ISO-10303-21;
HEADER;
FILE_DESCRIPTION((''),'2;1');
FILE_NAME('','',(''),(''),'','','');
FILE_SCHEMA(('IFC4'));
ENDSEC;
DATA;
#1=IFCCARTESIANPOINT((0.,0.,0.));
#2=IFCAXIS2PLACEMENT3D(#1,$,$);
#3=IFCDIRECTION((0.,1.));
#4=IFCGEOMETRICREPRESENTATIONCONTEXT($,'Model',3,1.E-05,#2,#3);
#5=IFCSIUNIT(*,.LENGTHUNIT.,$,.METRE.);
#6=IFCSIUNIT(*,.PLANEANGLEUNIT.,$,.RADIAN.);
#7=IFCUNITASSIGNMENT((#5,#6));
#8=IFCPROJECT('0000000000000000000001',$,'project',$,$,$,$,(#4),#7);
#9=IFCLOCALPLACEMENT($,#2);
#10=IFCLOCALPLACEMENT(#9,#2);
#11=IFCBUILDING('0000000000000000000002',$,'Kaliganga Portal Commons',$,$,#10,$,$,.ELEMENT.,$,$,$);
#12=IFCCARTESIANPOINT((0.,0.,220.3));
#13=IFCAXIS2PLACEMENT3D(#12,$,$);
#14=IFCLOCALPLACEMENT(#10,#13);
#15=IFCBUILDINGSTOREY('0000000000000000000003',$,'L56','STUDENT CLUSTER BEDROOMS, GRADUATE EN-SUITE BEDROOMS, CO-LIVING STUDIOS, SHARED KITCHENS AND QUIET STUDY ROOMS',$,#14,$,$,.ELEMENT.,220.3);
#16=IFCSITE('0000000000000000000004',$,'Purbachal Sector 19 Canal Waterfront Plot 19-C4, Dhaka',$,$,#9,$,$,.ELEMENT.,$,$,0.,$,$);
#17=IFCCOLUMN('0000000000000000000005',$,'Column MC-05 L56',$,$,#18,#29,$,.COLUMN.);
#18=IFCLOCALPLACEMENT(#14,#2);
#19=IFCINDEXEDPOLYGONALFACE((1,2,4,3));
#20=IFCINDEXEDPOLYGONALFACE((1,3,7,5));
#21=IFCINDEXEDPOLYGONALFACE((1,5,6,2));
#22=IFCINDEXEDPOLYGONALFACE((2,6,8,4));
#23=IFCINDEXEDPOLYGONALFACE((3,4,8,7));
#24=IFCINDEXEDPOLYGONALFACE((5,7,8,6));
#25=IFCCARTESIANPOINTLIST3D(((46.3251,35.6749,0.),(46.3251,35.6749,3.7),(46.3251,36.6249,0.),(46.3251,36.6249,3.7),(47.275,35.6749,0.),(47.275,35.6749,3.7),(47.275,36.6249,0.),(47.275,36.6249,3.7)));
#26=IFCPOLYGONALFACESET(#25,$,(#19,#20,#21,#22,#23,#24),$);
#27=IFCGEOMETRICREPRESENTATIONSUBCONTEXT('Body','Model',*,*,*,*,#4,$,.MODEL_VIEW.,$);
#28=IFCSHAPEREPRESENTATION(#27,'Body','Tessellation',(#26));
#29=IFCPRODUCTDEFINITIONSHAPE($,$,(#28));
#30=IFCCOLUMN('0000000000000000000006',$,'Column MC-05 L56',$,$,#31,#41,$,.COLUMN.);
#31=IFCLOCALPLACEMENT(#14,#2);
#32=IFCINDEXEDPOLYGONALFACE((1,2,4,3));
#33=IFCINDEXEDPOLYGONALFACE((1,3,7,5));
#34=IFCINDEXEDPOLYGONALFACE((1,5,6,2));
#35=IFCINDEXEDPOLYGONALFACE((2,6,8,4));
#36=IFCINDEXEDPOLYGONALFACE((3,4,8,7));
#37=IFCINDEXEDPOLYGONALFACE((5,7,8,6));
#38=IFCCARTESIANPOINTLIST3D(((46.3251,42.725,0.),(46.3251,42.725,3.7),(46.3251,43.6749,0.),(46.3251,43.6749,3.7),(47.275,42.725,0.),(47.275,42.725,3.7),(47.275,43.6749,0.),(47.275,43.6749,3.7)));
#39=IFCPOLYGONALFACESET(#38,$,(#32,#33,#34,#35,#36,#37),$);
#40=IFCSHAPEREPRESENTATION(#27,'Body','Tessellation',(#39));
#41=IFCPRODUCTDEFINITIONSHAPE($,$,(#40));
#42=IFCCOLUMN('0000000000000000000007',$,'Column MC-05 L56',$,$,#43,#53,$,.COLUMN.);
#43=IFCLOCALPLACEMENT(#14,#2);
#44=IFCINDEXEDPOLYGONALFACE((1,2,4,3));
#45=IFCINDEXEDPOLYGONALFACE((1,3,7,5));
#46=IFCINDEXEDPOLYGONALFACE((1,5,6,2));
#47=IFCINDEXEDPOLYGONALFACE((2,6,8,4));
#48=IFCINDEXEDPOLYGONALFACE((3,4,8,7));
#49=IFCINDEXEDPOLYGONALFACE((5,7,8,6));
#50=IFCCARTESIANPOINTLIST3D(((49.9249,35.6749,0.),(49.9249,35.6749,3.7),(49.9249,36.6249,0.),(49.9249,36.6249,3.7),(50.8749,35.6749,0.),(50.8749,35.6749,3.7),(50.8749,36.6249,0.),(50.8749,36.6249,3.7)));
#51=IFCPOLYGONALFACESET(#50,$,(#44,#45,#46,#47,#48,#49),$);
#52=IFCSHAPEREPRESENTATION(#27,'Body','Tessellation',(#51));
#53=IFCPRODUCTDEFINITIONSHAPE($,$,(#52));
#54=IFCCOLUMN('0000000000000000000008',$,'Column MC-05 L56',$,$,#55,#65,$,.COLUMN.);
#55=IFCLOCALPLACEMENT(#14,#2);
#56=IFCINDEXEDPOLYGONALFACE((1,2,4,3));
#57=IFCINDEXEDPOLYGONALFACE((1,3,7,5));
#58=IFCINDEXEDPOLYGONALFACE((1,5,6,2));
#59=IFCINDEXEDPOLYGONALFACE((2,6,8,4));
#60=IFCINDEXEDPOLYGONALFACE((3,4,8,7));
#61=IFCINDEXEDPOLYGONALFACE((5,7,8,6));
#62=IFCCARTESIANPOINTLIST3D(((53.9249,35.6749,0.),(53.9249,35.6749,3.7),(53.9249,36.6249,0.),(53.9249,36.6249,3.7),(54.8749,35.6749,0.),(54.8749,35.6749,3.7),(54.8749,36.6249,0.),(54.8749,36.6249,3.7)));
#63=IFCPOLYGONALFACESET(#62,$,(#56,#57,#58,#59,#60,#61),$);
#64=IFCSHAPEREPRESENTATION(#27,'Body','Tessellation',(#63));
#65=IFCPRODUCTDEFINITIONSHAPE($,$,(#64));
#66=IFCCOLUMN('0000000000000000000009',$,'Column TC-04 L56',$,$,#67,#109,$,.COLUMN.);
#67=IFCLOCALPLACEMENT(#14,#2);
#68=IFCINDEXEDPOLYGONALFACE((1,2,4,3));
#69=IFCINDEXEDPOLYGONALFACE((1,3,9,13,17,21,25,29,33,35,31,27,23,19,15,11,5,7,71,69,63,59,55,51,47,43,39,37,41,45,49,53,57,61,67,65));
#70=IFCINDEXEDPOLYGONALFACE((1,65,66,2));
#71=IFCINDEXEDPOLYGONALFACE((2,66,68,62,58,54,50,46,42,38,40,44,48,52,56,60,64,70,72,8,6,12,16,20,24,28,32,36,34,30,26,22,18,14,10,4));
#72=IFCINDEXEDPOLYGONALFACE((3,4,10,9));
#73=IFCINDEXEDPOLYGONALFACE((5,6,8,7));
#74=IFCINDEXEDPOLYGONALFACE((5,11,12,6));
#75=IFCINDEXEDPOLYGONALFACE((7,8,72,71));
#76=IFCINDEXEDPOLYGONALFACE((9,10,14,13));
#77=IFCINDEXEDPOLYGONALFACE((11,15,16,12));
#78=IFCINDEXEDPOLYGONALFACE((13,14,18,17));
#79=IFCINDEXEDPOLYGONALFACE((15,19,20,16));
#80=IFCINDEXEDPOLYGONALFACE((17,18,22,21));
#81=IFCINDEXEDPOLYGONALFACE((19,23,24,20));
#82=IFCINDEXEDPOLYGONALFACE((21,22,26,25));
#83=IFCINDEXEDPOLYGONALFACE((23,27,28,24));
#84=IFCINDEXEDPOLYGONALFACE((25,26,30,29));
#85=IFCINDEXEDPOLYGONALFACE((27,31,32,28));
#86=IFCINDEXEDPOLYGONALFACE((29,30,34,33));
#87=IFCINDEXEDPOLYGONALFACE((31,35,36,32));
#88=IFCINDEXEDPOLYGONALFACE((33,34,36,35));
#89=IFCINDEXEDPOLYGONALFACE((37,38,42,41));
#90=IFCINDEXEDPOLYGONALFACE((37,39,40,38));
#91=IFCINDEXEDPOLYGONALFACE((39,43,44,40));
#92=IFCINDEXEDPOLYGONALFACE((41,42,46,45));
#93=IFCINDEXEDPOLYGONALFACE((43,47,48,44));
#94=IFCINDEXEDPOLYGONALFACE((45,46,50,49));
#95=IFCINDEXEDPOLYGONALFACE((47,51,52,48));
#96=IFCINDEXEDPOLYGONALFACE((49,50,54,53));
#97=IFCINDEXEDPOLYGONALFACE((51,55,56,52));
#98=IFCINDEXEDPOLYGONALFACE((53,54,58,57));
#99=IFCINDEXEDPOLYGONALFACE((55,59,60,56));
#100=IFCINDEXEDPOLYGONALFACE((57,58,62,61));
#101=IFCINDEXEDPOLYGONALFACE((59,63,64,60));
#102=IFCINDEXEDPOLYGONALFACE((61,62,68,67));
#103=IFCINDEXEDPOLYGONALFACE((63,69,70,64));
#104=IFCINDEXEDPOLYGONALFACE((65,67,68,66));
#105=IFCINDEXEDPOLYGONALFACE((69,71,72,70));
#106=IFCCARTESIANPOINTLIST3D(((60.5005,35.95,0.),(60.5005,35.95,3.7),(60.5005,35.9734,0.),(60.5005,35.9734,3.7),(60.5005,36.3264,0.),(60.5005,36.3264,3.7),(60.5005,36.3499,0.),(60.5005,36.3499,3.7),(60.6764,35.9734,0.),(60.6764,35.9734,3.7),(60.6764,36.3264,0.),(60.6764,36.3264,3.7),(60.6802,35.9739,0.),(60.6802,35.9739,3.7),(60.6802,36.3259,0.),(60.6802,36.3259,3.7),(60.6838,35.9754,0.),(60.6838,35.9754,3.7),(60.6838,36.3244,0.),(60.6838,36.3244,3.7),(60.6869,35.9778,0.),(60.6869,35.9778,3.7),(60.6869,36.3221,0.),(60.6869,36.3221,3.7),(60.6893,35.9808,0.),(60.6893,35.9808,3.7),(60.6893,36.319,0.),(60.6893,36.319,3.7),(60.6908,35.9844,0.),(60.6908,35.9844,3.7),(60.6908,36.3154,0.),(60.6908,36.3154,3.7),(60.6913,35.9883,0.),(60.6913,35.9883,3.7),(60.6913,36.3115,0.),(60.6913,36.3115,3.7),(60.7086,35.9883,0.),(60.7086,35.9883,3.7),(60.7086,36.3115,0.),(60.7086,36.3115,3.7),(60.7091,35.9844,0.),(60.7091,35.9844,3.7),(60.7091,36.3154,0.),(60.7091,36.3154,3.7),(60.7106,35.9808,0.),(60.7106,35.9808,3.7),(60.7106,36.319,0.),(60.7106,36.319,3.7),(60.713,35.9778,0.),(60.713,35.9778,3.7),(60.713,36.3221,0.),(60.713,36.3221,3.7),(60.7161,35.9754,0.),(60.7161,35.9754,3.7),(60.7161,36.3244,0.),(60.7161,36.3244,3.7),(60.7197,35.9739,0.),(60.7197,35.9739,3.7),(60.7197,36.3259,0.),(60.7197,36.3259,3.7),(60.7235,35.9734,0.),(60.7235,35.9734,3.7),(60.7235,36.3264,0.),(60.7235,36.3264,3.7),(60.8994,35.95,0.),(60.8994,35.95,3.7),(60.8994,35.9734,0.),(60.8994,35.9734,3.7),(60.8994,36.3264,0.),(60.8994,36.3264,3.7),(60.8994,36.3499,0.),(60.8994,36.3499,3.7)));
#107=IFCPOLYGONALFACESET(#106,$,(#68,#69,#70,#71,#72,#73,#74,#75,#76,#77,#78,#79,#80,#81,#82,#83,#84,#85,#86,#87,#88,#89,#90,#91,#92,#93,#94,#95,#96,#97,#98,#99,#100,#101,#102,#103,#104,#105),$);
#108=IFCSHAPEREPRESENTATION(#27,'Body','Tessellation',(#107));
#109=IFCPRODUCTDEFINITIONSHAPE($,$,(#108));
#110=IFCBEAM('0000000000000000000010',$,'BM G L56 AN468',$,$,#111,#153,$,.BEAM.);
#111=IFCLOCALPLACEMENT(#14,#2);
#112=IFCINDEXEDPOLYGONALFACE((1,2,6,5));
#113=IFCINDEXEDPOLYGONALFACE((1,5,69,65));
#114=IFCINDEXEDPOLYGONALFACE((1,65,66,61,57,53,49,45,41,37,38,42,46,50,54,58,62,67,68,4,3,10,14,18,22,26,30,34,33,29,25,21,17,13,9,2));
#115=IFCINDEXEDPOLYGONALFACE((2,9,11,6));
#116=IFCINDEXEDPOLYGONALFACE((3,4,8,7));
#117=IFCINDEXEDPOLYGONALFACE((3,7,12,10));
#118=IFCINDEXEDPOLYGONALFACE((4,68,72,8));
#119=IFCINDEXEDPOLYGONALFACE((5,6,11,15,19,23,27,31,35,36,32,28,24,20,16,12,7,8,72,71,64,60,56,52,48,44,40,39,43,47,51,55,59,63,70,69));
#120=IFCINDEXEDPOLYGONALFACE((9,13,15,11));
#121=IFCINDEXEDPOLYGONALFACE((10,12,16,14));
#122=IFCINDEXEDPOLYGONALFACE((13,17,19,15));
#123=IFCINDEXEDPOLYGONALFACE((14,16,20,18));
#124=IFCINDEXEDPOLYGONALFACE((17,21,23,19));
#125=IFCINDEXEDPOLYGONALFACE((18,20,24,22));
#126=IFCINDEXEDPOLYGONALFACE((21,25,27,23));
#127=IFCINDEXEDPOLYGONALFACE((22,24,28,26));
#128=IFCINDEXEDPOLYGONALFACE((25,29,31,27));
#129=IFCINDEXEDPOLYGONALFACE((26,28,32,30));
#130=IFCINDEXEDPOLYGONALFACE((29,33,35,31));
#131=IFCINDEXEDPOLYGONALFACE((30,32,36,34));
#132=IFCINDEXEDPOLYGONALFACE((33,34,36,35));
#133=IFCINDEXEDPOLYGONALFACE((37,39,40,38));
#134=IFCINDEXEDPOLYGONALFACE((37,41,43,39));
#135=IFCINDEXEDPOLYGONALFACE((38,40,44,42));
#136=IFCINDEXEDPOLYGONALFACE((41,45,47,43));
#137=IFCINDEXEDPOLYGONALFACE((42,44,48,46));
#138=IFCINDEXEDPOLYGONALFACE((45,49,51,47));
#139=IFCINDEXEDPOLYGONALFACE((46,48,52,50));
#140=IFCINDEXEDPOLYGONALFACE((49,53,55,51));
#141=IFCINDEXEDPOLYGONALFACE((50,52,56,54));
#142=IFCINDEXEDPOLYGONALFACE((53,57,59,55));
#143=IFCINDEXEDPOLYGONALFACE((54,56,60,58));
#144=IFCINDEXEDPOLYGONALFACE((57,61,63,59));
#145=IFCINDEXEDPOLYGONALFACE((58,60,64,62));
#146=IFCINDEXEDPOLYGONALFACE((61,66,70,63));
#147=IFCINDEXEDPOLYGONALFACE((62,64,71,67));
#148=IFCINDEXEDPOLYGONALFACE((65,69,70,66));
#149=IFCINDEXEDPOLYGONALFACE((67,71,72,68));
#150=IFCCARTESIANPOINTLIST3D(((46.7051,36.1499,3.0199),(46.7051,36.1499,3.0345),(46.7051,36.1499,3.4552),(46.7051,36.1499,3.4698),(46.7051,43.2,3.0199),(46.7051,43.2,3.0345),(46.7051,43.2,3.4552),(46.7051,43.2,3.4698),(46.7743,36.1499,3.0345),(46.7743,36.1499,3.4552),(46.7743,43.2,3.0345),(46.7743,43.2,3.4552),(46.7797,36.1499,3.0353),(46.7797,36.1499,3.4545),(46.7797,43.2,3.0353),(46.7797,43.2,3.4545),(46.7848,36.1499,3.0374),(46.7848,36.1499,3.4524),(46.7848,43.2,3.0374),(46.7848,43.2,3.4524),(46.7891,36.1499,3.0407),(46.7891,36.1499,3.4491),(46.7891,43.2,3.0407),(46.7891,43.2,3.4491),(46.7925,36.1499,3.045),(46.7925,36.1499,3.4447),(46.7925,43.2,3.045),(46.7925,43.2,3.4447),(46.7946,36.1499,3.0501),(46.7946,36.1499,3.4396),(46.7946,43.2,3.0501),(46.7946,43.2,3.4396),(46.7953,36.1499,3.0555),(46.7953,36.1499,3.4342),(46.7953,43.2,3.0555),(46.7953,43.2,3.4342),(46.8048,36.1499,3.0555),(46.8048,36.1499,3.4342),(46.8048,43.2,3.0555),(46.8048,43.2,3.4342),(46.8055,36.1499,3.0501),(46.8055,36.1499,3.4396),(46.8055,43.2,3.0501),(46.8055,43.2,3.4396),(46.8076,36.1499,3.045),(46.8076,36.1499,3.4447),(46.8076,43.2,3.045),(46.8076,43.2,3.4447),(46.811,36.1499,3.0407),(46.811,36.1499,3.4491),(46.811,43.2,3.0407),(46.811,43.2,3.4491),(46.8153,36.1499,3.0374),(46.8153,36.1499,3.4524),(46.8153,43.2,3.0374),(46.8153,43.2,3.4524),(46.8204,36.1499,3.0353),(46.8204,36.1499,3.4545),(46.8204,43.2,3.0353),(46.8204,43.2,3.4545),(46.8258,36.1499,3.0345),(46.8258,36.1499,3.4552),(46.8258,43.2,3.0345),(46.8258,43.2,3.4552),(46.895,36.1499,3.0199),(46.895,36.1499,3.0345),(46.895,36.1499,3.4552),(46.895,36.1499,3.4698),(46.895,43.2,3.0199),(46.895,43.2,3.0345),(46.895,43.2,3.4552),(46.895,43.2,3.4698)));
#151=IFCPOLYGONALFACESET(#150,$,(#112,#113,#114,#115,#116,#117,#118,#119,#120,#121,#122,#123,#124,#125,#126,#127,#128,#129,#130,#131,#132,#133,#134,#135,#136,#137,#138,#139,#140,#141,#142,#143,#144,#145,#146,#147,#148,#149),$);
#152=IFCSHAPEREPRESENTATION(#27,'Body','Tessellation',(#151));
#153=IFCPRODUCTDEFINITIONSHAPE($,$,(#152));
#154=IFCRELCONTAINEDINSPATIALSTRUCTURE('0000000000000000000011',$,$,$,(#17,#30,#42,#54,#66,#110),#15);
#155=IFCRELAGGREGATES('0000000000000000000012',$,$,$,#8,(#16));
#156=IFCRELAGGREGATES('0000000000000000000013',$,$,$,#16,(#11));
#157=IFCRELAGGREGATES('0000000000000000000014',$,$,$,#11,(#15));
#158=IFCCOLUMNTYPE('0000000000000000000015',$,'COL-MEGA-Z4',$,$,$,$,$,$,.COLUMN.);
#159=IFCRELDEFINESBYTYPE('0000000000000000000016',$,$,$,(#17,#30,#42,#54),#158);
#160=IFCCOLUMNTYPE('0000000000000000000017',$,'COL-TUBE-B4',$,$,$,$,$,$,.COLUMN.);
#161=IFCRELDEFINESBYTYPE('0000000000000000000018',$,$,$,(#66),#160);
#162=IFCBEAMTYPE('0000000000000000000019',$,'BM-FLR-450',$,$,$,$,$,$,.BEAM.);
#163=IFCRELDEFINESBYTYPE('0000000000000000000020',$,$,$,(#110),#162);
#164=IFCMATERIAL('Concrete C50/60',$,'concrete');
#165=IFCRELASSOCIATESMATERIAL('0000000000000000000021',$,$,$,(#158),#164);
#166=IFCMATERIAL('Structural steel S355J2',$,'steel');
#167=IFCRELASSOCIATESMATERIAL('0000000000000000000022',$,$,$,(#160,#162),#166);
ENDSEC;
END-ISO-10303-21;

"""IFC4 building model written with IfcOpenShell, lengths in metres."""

from ifc_helpers import new_model, si_unit, direction, frame, origin, origin_2d, place, context, subcontext, project, spatial, rectangle, i_section, extrude, source, transform, mapped, material, material_profile, profile_set, type_object, element, save


model = new_model("IFC4")

# Units and contexts
model_context = context("Model", 3, precision=1e-05, world=origin(), true_north=direction((0.0, 1.0)))
body_context = subcontext(model_context, "Body", "Model", "MODEL_VIEW")
ifc_project = project(units=[si_unit("LENGTHUNIT", "METRE"), si_unit("PLANEANGLEUNIT", "RADIAN")], contexts=[model_context])

# Site, building, storey
site_placement = place(None, origin())
site = spatial("IfcSite", under=ifc_project, at=site_placement, Name="Purbachal Sector 19 Canal Waterfront Plot 19-C4, Dhaka", CompositionType="ELEMENT", RefElevation=0.0)
building_placement = place(site_placement, origin())
building = spatial("IfcBuilding", under=site, at=building_placement, Name="Kaliganga Portal Commons", CompositionType="ELEMENT")
storey_placement = place(building_placement, frame((0.0, 0.0, 220.3)))
storey = spatial("IfcBuildingStorey", under=building, at=storey_placement, Name="L56", Description="STUDENT CLUSTER BEDROOMS, GRADUATE EN-SUITE BEDROOMS, CO-LIVING STUDIOS, SHARED KITCHENS AND QUIET STUDY ROOMS", CompositionType="ELEMENT", Elevation=220.3)

# Columns
ifc_material_1 = material(Name="Concrete C50/60", Category="concrete")
ifc_material_profile_1 = material_profile(ifc_material_1, rectangle(XDim=0.95, YDim=0.95, at=origin_2d()), Name="RC 950x950")
ifc_profile_set_1 = profile_set([ifc_material_profile_1], Name="Concrete C50/60")
column_type_1 = type_object("IfcColumnType", Name="COL-MEGA-Z4", PredefinedType="COLUMN", material=ifc_profile_set_1)
shared_shape_1 = source(origin(), body_context, "Body", "SweptSolid", [
    extrude(rectangle(XDim=0.95, YDim=0.95, at=origin_2d()), origin(), (0.0, 0.0, 1.0), 3.7),
])
for number, where, z_axis, x_axis, name in (
    (1, (46.8, 36.1499, 0.0), (0.0, 0.0, 1.0), (1.0, 0.0, 0.0), "Column MC-05 L56"),
    (2, (46.8, 43.2, 0.0), (0.0, 0.0, 1.0), (1.0, 0.0, 0.0), "Column MC-05 L56"),
    (3, (50.3999, 36.1499, 0.0), (0.0, 0.0, 1.0), (1.0, 0.0, 0.0), "Column MC-05 L56"),
    (4, (54.3999, 36.1499, 0.0), (0.0, 0.0, 1.0), (1.0, 0.0, 0.0), "Column MC-05 L56"),
):
    element("IfcColumn", number, at=place(storey_placement, frame(where, z_axis=z_axis, x_axis=x_axis)), inside=storey, type_object=column_type_1, Name=name, PredefinedType="COLUMN", context=body_context, shape_type="MappedRepresentation", body=[
        mapped(shared_shape_1, transform((0.0, 0.0, 0.0), x_axis=(1.0, 0.0, 0.0), y_axis=(0.0, 1.0, 0.0), z_axis=(0.0, 0.0, 1.0), scale=1.0)),
    ])
ifc_material_2 = material(Name="Structural steel S355J2", Category="steel")
ifc_material_profile_2 = material_profile(ifc_material_2, i_section(OverallWidth=0.3989, OverallDepth=0.3999, WebThickness=0.0173, FlangeThickness=0.0234, FilletRadius=0.0149, at=origin_2d()), Name="HD 400x287")
ifc_profile_set_2 = profile_set([ifc_material_profile_2], Name="Structural steel S355J2 wide-flange")
column_type_2 = type_object("IfcColumnType", Name="COL-TUBE-B4", PredefinedType="COLUMN", material=ifc_profile_set_2)
shared_shape_2 = source(origin(), body_context, "Body", "SweptSolid", [
    extrude(i_section(OverallWidth=0.3989, OverallDepth=0.3999, WebThickness=0.0173, FlangeThickness=0.0234, FilletRadius=0.0149, at=origin_2d()), origin(), (0.0, 0.0, 1.0), 3.7),
])
column_placement = place(storey_placement, frame((60.7, 36.1499, 0.0), z_axis=(0.0, 0.0, 1.0), x_axis=(1.0, 0.0, 0.0)))
element("IfcColumn", 5, at=column_placement, inside=storey, type_object=column_type_2, Name="Column TC-04 L56", PredefinedType="COLUMN", context=body_context, shape_type="MappedRepresentation", body=[
    mapped(shared_shape_2, transform((0.0, 0.0, 0.0), x_axis=(1.0, 0.0, 0.0), y_axis=(0.0, 1.0, 0.0), z_axis=(0.0, 0.0, 1.0), scale=1.0)),
])

# Beam
ifc_material_profile_3 = material_profile(ifc_material_2, i_section(OverallWidth=0.1899, OverallDepth=0.45, WebThickness=0.0095, FlangeThickness=0.0146, FilletRadius=0.021, at=origin_2d()), Name="IPE 450")
ifc_profile_set_3 = profile_set([ifc_material_profile_3], Name="Structural steel S355J2 wide-flange")
beam_type_1 = type_object("IfcBeamType", Name="BM-FLR-450", PredefinedType="BEAM", material=ifc_profile_set_3)
shared_shape_3 = source(origin(), body_context, "Body", "SweptSolid", [
    extrude(i_section(OverallWidth=0.1899, OverallDepth=0.45, WebThickness=0.0095, FlangeThickness=0.0146, FilletRadius=0.021, at=origin_2d()), origin(), (0.0, 0.0, 1.0), 7.05),
])
beam_1_placement = place(storey_placement, frame((46.8, 36.1499, 3.2449), z_axis=(0.0, 1.0, 0.0), x_axis=(-1.0, 0.0, 0.0)))
element("IfcBeam", 6, at=beam_1_placement, inside=storey, type_object=beam_type_1, Name="BM G L56 AN468", PredefinedType="BEAM", context=body_context, shape_type="MappedRepresentation", body=[
    mapped(shared_shape_3, transform((0.0, 0.0, 0.0), x_axis=(1.0, 0.0, 0.0), y_axis=(0.0, 1.0, 0.0), z_axis=(0.0, 0.0, 1.0), scale=1.0)),
])

save(model, "model.ifc")
